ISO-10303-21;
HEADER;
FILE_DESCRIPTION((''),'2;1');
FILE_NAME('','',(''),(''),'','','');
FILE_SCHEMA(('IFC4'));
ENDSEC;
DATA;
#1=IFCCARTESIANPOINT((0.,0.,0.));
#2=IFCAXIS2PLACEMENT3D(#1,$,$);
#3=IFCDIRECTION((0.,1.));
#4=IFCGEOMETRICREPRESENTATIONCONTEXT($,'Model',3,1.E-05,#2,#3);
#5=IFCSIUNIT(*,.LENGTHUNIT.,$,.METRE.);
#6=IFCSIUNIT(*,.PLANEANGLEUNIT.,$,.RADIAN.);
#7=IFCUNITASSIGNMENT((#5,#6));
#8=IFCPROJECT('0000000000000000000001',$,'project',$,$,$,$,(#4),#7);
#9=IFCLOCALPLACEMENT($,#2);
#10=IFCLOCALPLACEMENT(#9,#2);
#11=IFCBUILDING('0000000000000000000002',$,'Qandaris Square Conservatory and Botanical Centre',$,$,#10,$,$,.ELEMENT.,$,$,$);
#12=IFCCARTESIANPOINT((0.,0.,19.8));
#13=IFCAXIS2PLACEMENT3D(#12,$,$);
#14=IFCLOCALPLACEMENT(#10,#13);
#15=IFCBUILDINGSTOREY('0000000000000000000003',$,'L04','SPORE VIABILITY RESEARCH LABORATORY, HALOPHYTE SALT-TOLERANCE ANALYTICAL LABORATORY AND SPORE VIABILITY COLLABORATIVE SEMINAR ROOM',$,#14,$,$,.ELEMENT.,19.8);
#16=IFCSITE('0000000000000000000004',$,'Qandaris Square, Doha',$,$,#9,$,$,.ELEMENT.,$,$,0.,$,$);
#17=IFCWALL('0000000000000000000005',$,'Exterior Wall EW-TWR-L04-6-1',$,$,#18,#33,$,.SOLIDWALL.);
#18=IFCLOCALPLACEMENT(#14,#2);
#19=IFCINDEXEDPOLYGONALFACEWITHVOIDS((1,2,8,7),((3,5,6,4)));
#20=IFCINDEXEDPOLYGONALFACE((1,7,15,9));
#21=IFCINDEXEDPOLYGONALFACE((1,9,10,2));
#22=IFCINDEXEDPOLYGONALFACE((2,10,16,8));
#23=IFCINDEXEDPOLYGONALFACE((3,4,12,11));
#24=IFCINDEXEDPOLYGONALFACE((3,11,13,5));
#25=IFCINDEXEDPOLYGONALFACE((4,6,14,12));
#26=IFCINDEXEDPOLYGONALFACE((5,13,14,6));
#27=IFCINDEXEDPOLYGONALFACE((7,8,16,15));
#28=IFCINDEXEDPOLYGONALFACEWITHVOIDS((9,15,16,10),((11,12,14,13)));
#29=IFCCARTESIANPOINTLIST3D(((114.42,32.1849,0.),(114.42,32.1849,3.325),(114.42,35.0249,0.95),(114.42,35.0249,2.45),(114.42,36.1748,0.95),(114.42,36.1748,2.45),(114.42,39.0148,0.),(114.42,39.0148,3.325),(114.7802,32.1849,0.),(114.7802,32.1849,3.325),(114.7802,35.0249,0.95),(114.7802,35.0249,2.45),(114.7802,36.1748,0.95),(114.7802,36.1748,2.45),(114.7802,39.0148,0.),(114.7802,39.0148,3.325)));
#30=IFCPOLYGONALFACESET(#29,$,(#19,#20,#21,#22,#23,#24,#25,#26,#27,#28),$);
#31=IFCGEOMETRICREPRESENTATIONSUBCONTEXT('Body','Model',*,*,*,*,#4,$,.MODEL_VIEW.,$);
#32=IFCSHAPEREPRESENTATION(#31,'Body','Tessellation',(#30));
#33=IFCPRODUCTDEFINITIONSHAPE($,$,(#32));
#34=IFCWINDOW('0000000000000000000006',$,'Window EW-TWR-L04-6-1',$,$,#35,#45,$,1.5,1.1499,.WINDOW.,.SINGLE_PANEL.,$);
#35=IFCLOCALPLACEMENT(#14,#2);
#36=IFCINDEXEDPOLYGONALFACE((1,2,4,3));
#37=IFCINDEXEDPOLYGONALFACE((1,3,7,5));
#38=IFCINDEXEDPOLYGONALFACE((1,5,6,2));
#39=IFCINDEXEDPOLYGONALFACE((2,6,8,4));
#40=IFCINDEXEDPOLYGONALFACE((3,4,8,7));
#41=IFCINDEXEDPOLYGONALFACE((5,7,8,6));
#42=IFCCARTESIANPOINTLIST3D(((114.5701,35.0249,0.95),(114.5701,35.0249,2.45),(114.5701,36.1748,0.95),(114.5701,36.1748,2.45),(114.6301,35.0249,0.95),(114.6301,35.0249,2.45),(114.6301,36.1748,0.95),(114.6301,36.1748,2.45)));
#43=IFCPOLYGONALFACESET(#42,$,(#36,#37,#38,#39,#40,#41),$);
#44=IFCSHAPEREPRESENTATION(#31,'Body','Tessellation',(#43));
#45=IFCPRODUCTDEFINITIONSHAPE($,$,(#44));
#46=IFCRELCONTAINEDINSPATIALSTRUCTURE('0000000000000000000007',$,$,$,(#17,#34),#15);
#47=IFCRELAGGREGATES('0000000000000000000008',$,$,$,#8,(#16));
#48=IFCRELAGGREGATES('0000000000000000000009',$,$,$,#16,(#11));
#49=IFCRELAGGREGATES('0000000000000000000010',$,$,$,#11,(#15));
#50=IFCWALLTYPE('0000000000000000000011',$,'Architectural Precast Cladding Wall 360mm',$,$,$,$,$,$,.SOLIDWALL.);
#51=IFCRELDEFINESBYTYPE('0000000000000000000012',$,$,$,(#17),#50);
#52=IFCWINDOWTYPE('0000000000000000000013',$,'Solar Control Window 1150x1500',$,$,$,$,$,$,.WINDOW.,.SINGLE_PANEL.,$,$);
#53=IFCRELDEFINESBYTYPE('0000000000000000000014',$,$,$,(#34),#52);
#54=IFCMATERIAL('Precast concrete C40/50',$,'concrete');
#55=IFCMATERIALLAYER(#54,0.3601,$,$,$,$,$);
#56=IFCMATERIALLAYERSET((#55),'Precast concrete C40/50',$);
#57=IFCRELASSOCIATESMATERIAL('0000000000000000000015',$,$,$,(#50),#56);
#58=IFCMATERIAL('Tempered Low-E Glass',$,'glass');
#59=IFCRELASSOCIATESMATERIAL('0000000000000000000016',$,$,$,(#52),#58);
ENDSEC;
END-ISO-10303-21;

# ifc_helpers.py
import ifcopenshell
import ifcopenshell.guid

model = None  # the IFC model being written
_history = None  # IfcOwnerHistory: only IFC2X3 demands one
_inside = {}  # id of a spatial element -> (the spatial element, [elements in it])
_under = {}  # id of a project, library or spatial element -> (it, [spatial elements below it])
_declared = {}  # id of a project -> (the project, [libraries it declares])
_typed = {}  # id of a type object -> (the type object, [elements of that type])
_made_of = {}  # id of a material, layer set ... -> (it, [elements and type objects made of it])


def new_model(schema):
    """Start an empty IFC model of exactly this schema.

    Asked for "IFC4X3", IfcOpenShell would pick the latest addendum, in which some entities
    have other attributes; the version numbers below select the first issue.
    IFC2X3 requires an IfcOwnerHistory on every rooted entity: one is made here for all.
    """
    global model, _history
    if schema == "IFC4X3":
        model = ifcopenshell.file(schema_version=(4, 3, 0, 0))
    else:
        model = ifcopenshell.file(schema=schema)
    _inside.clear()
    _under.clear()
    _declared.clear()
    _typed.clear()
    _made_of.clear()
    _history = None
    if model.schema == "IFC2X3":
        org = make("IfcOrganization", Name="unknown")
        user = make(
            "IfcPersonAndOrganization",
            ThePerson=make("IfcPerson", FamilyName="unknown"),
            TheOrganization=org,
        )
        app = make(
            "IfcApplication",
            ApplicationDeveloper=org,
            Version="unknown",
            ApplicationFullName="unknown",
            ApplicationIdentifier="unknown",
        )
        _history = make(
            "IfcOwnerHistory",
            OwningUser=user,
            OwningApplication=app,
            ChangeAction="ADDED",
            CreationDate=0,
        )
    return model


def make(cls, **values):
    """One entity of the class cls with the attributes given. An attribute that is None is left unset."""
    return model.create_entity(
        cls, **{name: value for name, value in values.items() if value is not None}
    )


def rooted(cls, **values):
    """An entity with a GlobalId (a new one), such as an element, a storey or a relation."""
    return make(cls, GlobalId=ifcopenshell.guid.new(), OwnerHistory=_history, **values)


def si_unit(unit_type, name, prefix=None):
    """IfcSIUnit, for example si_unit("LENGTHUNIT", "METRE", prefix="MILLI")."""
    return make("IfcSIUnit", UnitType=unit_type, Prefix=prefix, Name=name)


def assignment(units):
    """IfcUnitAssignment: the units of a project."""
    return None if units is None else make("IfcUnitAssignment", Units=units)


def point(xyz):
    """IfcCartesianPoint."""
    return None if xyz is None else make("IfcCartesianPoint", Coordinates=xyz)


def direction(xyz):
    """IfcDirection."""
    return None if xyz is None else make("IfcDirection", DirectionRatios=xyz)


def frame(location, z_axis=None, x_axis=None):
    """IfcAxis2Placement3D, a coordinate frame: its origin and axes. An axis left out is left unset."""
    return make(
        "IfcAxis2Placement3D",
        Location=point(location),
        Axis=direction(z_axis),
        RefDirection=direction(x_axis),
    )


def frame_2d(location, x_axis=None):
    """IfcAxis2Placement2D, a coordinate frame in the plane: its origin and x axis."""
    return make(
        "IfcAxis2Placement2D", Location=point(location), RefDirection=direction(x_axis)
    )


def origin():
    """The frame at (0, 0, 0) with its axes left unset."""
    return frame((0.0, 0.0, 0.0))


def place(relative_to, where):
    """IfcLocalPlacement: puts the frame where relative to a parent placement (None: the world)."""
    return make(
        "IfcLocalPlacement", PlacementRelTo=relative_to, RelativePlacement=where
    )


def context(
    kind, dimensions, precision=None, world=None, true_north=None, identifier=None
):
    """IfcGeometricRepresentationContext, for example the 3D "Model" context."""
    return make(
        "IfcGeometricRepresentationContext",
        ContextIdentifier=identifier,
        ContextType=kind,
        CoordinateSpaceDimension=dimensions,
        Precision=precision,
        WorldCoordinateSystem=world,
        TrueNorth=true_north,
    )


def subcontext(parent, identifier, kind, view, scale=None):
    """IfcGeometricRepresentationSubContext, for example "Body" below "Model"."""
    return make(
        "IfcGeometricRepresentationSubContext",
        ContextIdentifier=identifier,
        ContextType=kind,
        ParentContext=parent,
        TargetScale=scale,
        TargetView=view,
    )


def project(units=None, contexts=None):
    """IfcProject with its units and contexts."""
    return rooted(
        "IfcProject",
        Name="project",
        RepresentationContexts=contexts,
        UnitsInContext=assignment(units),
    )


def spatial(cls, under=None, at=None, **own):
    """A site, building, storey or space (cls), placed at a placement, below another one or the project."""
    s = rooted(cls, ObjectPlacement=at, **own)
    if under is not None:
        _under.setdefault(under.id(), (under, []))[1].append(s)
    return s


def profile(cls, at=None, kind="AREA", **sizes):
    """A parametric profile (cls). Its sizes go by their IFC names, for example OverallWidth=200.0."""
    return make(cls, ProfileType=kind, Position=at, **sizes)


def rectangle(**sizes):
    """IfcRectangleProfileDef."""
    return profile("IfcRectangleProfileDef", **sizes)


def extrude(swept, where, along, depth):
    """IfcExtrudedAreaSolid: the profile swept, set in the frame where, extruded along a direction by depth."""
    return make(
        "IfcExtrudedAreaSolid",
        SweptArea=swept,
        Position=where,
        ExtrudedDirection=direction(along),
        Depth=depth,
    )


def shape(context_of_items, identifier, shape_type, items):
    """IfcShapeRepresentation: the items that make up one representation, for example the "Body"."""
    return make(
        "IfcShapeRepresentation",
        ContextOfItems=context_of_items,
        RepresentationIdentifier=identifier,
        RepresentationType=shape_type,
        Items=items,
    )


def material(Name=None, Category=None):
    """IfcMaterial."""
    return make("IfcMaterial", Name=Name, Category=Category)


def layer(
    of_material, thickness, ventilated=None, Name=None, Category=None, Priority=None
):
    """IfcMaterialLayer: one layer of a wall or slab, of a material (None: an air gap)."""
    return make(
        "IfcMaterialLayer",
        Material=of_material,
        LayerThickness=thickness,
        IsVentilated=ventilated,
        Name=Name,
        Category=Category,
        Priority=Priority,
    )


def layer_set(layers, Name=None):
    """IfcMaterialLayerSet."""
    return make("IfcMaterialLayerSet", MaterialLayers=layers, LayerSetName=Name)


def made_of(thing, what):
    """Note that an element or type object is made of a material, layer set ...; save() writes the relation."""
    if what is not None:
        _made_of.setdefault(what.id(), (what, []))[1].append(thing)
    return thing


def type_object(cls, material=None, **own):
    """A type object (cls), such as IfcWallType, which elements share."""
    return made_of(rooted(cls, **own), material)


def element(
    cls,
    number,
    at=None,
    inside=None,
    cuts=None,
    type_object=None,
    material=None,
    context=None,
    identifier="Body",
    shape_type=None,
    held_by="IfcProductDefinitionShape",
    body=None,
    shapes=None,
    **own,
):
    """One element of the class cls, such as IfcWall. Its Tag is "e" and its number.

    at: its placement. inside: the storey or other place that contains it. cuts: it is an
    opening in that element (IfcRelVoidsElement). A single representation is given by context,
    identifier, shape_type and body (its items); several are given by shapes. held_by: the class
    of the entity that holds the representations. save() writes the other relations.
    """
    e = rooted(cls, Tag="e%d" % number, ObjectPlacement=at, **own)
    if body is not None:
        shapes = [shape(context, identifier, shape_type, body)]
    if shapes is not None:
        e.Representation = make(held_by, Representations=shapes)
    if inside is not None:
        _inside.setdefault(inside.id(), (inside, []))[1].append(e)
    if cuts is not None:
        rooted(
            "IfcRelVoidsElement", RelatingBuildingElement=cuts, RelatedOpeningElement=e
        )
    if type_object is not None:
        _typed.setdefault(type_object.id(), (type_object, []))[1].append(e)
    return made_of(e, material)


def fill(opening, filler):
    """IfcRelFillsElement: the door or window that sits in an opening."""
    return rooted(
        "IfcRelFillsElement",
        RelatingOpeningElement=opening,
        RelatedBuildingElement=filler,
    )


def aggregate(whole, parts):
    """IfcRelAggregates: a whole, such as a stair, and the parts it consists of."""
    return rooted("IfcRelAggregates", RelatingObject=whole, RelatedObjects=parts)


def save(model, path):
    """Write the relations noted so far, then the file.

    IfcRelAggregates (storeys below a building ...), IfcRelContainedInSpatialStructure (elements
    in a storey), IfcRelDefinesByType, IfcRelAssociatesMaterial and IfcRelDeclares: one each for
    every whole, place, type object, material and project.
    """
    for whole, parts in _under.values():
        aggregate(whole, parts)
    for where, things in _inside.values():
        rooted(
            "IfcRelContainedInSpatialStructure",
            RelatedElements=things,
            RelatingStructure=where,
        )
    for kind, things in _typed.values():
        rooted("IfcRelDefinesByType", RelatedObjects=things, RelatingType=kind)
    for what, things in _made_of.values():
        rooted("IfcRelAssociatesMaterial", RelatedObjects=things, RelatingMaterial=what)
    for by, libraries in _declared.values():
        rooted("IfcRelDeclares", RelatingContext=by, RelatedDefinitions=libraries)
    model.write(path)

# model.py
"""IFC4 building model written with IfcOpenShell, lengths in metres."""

from ifc_helpers import new_model, si_unit, direction, frame, frame_2d, origin, place, context, subcontext, project, spatial, rectangle, extrude, material, layer, layer_set, type_object, element, fill, save


model = new_model("IFC4")

# Units and contexts
model_context = context("Model", 3, precision=1e-05, world=origin(), true_north=direction((0.0, 1.0)))
body_context = subcontext(model_context, "Body", "Model", "MODEL_VIEW")
ifc_project = project(units=[si_unit("LENGTHUNIT", "METRE"), si_unit("PLANEANGLEUNIT", "RADIAN")], contexts=[model_context])

# Site, building, storey
site_placement = place(None, origin())
site = spatial("IfcSite", under=ifc_project, at=site_placement, Name="Qandaris Square, Doha", CompositionType="ELEMENT", RefElevation=0.0)
building_placement = place(site_placement, origin())
building = spatial("IfcBuilding", under=site, at=building_placement, Name="Qandaris Square Conservatory and Botanical Centre", CompositionType="ELEMENT")
storey_placement = place(building_placement, frame((0.0, 0.0, 19.8)))
storey = spatial("IfcBuildingStorey", under=building, at=storey_placement, Name="L04", Description="SPORE VIABILITY RESEARCH LABORATORY, HALOPHYTE SALT-TOLERANCE ANALYTICAL LABORATORY AND SPORE VIABILITY COLLABORATIVE SEMINAR ROOM", CompositionType="ELEMENT", Elevation=19.8)

# Shared definitions
ifc_material_1 = material(Name="Tempered Low-E Glass", Category="glass")

# Wall, opening, window
ifc_material_2 = material(Name="Precast concrete C40/50", Category="concrete")
ifc_layer_1 = layer(ifc_material_2, 0.3601)
ifc_layer_set_1 = layer_set([ifc_layer_1], Name="Precast concrete C40/50")
wall_type = type_object("IfcWallType", Name="Architectural Precast Cladding Wall 360mm", PredefinedType="SOLIDWALL", material=ifc_layer_set_1)
wall_placement = place(storey_placement, frame((114.6001, 39.0149, 0.0), z_axis=(0.0, 0.0, 1.0), x_axis=(0.0, -1.0, 0.0)))
wall = element("IfcWall", 1, at=wall_placement, inside=storey, type_object=wall_type, Name="Exterior Wall EW-TWR-L04-6-1", PredefinedType="SOLIDWALL", context=body_context, shape_type="SweptSolid", body=[
    extrude(rectangle(XDim=6.8298, YDim=0.3601, at=frame_2d((3.415, 0.0))), origin(), (0.0, 0.0, 1.0), 3.325),
])
opening_placement = place(wall_placement, frame((2.8401, 0.0, 0.95)))
opening = element("IfcOpeningElement", 2, at=opening_placement, cuts=wall, PredefinedType="OPENING", context=body_context, shape_type="SweptSolid", body=[
    extrude(rectangle(XDim=1.1499, YDim=1.5, at=frame_2d((0.575, 0.75))), frame((0.0, 0.1919, 0.0), z_axis=(0.0, -1.0, 0.0), x_axis=(1.0, 0.0, 0.0)), (0.0, 0.0, 1.0), 0.384),
])
window_type = type_object("IfcWindowType", Name="Solar Control Window 1150x1500", PartitioningType="SINGLE_PANEL", PredefinedType="WINDOW", material=ifc_material_1)
window_placement = place(opening_placement, origin())
window = element("IfcWindow", 3, at=window_placement, inside=storey, type_object=window_type, Name="Window EW-TWR-L04-6-1", OverallHeight=1.5, OverallWidth=1.1499, PartitioningType="SINGLE_PANEL", PredefinedType="WINDOW", context=body_context, shape_type="SweptSolid", body=[
    extrude(rectangle(XDim=1.1499, YDim=1.5, at=frame_2d((0.575, 0.75))), frame((0.0, 0.03, 0.0), z_axis=(0.0, -1.0, 0.0), x_axis=(1.0, 0.0, 0.0)), (0.0, 0.0, 1.0), 0.0601),
])
fill(opening, window)

save(model, "model.ifc")
